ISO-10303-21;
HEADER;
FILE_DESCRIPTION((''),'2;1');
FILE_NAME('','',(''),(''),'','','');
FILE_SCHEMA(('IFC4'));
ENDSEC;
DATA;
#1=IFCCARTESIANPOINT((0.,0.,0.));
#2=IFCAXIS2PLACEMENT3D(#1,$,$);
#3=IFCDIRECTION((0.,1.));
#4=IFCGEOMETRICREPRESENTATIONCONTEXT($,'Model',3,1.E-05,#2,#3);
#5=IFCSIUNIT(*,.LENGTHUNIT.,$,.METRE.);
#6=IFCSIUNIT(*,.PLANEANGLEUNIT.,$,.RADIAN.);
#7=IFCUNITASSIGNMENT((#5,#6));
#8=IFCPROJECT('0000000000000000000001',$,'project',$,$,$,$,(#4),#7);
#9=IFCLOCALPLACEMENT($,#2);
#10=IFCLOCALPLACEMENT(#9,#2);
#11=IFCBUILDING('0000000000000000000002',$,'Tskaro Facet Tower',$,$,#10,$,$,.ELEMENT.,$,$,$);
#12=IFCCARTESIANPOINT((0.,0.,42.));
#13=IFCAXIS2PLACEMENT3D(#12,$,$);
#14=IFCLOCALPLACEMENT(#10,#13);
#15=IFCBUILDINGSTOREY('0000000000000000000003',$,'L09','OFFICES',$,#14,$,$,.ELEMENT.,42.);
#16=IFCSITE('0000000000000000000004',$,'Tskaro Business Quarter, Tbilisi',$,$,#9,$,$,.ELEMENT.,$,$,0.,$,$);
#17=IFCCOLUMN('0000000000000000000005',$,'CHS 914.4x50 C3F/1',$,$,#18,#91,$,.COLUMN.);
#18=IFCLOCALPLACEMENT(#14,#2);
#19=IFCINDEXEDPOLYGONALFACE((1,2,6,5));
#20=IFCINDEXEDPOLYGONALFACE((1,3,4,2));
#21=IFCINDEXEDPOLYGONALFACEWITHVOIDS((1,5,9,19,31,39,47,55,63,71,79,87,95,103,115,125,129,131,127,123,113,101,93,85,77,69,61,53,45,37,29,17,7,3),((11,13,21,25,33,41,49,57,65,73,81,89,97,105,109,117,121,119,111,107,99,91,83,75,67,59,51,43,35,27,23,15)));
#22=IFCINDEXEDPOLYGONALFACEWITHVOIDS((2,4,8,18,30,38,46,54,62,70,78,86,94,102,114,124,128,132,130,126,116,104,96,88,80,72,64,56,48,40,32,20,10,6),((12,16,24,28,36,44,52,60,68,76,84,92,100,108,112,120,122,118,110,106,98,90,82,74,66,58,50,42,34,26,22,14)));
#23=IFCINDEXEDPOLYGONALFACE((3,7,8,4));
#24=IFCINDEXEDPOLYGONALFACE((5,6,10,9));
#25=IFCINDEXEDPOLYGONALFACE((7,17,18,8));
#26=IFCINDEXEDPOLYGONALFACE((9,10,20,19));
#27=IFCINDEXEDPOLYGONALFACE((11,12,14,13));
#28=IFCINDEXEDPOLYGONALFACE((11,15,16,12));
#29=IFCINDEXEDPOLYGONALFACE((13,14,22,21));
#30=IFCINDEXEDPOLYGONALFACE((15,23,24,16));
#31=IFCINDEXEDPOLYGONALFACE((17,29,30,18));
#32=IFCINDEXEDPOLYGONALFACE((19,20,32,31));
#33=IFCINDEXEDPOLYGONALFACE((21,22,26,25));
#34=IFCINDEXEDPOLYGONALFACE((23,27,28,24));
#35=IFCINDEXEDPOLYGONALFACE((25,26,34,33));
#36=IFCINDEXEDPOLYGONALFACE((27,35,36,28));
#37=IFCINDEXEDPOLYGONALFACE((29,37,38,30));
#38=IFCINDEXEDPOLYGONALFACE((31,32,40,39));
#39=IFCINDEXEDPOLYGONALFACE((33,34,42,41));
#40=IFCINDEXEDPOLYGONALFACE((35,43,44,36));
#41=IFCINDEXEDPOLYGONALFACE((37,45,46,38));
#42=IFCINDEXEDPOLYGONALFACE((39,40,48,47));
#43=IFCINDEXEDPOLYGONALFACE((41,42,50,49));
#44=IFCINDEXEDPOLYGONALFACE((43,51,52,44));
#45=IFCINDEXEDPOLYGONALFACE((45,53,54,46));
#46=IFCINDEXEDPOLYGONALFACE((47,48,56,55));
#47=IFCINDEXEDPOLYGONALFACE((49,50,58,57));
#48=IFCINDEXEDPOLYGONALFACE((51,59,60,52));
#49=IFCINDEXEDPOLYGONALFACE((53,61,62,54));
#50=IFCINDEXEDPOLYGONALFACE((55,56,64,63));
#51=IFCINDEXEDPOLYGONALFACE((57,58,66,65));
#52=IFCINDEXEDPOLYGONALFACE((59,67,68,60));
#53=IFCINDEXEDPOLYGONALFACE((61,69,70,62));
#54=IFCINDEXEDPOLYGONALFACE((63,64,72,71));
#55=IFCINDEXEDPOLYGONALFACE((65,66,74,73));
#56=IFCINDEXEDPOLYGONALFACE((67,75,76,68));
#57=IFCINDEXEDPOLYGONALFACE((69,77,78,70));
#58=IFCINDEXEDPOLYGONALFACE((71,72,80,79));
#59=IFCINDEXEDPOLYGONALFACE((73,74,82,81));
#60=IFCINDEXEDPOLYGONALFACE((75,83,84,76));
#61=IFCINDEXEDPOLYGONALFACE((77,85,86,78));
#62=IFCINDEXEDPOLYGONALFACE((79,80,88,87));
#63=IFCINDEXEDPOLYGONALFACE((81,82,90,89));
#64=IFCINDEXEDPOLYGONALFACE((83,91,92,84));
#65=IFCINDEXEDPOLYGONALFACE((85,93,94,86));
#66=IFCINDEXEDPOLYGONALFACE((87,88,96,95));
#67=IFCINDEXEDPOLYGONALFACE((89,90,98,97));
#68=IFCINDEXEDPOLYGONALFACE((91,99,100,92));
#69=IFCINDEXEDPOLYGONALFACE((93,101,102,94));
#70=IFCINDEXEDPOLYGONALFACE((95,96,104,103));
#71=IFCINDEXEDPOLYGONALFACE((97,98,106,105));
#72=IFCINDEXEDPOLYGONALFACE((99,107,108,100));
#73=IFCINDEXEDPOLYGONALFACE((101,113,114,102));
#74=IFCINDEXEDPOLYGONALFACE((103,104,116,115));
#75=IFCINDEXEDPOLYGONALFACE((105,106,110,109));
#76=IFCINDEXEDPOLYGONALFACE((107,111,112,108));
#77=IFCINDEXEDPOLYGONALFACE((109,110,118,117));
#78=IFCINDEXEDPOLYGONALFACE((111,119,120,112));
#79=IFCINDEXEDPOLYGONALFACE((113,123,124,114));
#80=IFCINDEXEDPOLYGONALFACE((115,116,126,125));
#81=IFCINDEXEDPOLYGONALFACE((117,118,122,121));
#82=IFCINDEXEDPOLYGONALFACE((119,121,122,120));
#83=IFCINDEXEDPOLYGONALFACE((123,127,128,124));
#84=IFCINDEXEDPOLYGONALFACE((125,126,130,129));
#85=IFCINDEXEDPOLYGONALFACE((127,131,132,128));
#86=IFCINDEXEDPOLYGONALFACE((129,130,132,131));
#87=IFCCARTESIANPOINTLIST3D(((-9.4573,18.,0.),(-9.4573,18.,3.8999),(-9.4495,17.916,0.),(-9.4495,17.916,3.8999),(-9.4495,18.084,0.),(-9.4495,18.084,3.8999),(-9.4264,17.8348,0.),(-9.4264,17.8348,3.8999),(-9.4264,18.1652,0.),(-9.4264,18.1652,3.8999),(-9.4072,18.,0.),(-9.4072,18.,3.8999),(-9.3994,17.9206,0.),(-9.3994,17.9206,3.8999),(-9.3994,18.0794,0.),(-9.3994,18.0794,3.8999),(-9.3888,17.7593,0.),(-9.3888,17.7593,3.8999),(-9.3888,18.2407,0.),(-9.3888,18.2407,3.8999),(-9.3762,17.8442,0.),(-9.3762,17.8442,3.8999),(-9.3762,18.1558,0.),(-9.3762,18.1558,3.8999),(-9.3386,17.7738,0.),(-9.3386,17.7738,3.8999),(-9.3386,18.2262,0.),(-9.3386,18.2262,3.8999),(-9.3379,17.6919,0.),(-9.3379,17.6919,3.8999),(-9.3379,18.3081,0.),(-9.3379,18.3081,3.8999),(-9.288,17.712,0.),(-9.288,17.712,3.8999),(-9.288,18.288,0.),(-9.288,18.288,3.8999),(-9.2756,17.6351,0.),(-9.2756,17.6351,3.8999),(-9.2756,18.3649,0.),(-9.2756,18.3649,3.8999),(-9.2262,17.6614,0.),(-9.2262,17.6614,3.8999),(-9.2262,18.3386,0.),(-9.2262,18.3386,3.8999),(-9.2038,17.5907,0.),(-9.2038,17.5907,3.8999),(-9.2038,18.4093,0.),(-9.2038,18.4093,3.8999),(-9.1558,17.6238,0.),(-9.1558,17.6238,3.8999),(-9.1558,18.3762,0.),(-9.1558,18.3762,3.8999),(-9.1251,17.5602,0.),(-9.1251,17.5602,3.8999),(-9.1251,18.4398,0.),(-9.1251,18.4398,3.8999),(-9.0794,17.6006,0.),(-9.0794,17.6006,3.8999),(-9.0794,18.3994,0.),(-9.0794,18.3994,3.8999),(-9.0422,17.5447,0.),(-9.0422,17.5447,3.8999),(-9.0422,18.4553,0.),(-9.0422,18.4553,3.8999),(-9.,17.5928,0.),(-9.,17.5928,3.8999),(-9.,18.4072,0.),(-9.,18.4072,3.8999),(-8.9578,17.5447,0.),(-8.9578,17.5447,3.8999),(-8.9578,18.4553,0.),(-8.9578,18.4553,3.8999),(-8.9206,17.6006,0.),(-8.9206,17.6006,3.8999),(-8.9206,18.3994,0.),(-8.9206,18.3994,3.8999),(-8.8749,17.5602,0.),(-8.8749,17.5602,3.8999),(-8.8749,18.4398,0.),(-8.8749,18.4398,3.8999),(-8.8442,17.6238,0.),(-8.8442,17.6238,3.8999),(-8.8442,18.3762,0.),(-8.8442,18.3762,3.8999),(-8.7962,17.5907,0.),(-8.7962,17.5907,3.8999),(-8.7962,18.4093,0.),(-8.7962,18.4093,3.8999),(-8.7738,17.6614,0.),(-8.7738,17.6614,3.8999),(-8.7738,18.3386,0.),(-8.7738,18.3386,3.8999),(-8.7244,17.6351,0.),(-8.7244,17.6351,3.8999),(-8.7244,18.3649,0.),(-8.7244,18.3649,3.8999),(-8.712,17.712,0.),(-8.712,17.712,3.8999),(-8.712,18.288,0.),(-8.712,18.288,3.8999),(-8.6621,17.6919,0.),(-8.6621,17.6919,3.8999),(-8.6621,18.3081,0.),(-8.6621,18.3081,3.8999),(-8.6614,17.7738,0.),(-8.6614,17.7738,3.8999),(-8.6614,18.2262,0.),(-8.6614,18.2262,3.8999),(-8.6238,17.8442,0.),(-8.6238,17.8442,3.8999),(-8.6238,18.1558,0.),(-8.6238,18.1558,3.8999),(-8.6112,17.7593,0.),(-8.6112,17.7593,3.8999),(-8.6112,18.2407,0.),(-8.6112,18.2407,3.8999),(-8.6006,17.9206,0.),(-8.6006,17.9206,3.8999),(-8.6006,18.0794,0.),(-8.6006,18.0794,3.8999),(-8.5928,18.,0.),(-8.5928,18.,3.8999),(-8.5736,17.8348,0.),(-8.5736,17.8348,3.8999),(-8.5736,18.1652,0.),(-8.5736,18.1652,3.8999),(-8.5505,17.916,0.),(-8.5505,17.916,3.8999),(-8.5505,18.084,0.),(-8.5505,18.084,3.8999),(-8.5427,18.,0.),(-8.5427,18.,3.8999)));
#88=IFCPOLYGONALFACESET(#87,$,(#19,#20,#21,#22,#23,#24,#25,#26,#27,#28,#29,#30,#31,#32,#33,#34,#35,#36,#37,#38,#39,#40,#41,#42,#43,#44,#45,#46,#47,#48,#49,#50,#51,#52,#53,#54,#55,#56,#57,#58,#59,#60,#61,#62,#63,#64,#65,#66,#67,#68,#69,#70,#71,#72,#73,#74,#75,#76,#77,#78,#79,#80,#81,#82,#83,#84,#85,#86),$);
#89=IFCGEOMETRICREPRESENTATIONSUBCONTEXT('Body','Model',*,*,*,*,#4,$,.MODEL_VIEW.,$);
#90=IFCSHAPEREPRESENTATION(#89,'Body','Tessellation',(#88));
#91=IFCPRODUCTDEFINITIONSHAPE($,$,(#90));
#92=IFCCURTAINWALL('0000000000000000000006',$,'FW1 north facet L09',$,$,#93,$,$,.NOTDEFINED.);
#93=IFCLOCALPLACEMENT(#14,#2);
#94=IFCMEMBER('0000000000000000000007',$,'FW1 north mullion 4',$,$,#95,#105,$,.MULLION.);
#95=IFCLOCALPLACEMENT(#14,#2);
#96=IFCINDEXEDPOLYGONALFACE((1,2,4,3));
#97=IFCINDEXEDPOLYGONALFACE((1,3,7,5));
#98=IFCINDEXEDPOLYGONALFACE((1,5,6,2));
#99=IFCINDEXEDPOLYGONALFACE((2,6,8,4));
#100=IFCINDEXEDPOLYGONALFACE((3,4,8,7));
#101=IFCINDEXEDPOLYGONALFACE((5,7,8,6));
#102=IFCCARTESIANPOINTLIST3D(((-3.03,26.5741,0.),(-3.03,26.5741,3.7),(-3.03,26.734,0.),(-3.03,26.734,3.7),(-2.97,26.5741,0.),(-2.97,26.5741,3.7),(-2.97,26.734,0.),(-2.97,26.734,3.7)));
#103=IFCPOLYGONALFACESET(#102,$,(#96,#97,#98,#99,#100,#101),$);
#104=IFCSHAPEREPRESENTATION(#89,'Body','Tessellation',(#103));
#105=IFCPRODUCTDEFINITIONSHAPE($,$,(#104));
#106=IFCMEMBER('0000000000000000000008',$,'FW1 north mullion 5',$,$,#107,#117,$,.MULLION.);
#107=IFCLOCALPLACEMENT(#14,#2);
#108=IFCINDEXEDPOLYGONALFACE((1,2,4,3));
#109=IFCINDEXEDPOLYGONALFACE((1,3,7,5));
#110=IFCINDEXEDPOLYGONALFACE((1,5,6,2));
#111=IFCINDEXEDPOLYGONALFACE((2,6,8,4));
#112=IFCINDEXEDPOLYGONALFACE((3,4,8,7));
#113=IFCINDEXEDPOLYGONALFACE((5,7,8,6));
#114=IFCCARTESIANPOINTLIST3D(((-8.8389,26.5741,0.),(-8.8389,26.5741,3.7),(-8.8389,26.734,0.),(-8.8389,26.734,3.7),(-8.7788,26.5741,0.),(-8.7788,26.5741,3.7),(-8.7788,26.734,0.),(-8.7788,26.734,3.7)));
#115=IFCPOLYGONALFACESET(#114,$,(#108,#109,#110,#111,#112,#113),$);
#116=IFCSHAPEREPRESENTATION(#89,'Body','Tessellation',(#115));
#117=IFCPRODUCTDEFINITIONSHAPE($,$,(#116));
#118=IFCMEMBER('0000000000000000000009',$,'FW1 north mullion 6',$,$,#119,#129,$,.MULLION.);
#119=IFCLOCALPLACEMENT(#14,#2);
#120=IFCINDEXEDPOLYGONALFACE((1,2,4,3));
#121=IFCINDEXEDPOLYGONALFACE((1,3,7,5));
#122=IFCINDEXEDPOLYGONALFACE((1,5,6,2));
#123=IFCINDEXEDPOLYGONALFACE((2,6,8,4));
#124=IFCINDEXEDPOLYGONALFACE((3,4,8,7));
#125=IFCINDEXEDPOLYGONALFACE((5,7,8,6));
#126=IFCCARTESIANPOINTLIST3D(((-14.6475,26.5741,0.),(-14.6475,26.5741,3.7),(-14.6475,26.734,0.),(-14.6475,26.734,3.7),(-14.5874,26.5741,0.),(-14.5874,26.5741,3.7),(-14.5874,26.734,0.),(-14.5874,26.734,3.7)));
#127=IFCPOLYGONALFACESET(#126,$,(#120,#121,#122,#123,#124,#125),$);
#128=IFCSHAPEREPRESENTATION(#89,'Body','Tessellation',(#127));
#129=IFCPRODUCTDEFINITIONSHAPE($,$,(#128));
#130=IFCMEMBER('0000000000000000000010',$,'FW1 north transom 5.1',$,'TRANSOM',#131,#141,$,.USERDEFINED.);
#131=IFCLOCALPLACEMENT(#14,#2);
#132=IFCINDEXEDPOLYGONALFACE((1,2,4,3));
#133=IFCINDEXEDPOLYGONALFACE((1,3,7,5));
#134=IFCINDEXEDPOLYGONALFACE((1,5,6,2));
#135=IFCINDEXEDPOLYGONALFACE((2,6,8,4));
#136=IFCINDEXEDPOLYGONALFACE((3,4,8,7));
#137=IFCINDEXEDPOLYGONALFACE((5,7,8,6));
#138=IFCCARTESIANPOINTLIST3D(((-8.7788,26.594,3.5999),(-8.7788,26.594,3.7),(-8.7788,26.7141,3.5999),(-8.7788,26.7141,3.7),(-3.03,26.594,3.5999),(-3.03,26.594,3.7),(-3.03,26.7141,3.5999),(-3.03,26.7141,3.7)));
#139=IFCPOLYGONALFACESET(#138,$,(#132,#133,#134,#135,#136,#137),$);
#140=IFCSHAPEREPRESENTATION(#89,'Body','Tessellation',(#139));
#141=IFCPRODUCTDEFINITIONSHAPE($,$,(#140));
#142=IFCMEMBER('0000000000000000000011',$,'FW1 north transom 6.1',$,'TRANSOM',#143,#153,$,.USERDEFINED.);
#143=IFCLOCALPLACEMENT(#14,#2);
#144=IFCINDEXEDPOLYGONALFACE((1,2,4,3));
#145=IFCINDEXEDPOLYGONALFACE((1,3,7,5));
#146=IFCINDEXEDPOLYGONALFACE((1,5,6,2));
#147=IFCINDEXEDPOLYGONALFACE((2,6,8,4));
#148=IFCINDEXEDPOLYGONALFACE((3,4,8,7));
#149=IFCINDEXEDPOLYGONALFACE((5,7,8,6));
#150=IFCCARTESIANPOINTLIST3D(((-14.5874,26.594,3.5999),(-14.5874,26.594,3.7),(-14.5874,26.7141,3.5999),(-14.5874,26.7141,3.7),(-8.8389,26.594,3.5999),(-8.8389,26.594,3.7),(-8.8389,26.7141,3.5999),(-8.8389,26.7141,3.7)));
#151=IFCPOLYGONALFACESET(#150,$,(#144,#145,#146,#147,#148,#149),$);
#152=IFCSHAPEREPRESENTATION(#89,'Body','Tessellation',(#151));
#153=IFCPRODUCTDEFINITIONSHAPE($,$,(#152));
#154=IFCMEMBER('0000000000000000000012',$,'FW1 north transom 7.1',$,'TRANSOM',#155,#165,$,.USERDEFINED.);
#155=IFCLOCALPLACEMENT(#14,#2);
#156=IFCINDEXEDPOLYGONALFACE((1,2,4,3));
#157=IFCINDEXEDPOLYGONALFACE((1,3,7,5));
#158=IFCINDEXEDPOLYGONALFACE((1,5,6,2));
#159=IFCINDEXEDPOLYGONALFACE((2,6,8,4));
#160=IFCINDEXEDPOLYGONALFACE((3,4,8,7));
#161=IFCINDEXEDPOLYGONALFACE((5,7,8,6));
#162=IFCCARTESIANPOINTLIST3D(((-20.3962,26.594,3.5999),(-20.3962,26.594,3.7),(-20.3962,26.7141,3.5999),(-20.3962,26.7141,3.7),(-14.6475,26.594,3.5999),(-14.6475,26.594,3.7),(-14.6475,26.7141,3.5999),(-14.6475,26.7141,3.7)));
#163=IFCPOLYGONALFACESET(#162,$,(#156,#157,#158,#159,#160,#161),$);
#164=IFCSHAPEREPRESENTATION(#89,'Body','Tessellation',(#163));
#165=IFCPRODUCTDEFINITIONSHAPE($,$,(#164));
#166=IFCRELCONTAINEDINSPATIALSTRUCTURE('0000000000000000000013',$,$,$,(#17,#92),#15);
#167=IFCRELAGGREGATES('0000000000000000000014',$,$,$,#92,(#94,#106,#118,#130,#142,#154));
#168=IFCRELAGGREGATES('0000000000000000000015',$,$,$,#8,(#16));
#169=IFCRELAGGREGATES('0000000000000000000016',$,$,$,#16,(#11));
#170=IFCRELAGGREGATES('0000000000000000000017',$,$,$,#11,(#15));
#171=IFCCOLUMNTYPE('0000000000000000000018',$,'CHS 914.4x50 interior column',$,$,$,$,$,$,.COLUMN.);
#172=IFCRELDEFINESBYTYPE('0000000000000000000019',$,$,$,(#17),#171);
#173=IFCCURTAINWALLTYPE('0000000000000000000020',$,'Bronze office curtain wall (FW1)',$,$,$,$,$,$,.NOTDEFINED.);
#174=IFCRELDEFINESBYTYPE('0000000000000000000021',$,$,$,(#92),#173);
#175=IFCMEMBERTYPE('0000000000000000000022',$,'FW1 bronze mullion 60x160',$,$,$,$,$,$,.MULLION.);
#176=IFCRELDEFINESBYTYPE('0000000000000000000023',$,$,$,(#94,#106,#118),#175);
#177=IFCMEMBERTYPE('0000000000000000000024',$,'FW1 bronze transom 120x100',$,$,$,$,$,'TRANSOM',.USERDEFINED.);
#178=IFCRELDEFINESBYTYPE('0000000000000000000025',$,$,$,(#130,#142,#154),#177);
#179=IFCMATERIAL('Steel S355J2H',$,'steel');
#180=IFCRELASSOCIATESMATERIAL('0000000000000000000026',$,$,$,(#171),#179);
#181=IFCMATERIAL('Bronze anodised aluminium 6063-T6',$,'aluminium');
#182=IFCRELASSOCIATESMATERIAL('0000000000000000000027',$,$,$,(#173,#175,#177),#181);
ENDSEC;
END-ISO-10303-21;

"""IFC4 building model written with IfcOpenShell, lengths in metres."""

from ifc_helpers import new_model, si_unit, direction, frame, origin, origin_2d, place, context, subcontext, project, spatial, rectangle, hollow_circle, extrude, material, material_profile, profile_set, type_object, element, aggregate, save


model = new_model("IFC4")

# Units and contexts
model_context = context("Model", 3, precision=1e-05, world=origin(), true_north=direction((0.0, 1.0)))
body_context = subcontext(model_context, "Body", "Model", "MODEL_VIEW")
ifc_project = project(units=[si_unit("LENGTHUNIT", "METRE"), si_unit("PLANEANGLEUNIT", "RADIAN")], contexts=[model_context])

# Site, building, storey
site_placement = place(None, origin())
site = spatial("IfcSite", under=ifc_project, at=site_placement, Name="Tskaro Business Quarter, Tbilisi", CompositionType="ELEMENT", RefElevation=0.0)
building_placement = place(site_placement, origin())
building = spatial("IfcBuilding", under=site, at=building_placement, Name="Tskaro Facet Tower", CompositionType="ELEMENT")
storey_placement = place(building_placement, frame((0.0, 0.0, 42.0)))
storey = spatial("IfcBuildingStorey", under=building, at=storey_placement, Name="L09", Description="OFFICES", CompositionType="ELEMENT", Elevation=42.0)

# Column
ifc_material_1 = material(Name="Steel S355J2H", Category="steel")
ifc_material_profile_1 = material_profile(ifc_material_1, hollow_circle(Radius=0.4573, WallThickness=0.05, at=origin_2d()), Name="CHS 914.4x50")
ifc_profile_set_1 = profile_set([ifc_material_profile_1], Name="Steel S355J2H")
column_type_1 = type_object("IfcColumnType", Name="CHS 914.4x50 interior column", PredefinedType="COLUMN", material=ifc_profile_set_1)
column_1_placement = place(storey_placement, frame((-9.0, 18.0, 0.0), z_axis=(0.0, 0.0, 1.0), x_axis=(1.0, 0.0, 0.0)))
element("IfcColumn", 1, at=column_1_placement, inside=storey, type_object=column_type_1, Name="CHS 914.4x50 C3F/1", PredefinedType="COLUMN", context=body_context, shape_type="SweptSolid", body=[
    extrude(hollow_circle(Radius=0.4573, WallThickness=0.05, at=origin_2d()), origin(), (0.0, 0.0, 1.0), 3.8999),
])

# Curtain wall, members
ifc_material_2 = material(Name="Bronze anodised aluminium 6063-T6", Category="aluminium")
curtain_wall_type = type_object("IfcCurtainWallType", Name="Bronze office curtain wall (FW1)", PredefinedType="NOTDEFINED", material=ifc_material_2)
curtain_wall_placement = place(storey_placement, origin())
curtain_wall = element("IfcCurtainWall", 2, at=curtain_wall_placement, inside=storey, type_object=curtain_wall_type, Name="FW1 north facet L09", PredefinedType="NOTDEFINED")
ifc_material_profile_2 = material_profile(ifc_material_2, rectangle(XDim=0.0601, YDim=0.1599, at=origin_2d()), Name="Mullion 60x160")
ifc_profile_set_2 = profile_set([ifc_material_profile_2], Name="Bronze anodised aluminium 6063-T6")
member_type_1 = type_object("IfcMemberType", Name="FW1 bronze mullion 60x160", PredefinedType="MULLION", material=ifc_profile_set_2)
member_1_placement = place(storey_placement, frame((-3.0, 26.6541, 0.0), z_axis=(0.0, 0.0, 1.0), x_axis=(-1.0, 0.0, 0.0)))
member_1 = element("IfcMember", 3, at=member_1_placement, type_object=member_type_1, Name="FW1 north mullion 4", PredefinedType="MULLION", context=body_context, shape_type="SweptSolid", body=[
    extrude(rectangle(XDim=0.0601, YDim=0.1599, at=origin_2d()), origin(), (0.0, 0.0, 1.0), 3.7),
])
member_2_placement = place(storey_placement, frame((-8.8088, 26.6541, 0.0), z_axis=(0.0, 0.0, 1.0), x_axis=(-1.0, 0.0, 0.0)))
member_2 = element("IfcMember", 4, at=member_2_placement, type_object=member_type_1, Name="FW1 north mullion 5", PredefinedType="MULLION", context=body_context, shape_type="SweptSolid", body=[
    extrude(rectangle(XDim=0.0601, YDim=0.1599, at=origin_2d()), origin(), (0.0, 0.0, 1.0), 3.7),
])
member_3_placement = place(storey_placement, frame((-14.6174, 26.6541, 0.0), z_axis=(0.0, 0.0, 1.0), x_axis=(-1.0, 0.0, 0.0)))
member_3 = element("IfcMember", 5, at=member_3_placement, type_object=member_type_1, Name="FW1 north mullion 6", PredefinedType="MULLION", context=body_context, shape_type="SweptSolid", body=[
    extrude(rectangle(XDim=0.0601, YDim=0.1599, at=origin_2d()), origin(), (0.0, 0.0, 1.0), 3.7),
])
ifc_material_profile_3 = material_profile(ifc_material_2, rectangle(XDim=0.1201, YDim=0.1001, at=origin_2d()), Name="Transom 120x100")
ifc_profile_set_3 = profile_set([ifc_material_profile_3], Name="Bronze anodised aluminium 6063-T6")
member_type_2 = type_object("IfcMemberType", Name="FW1 bronze transom 120x100", ElementType="TRANSOM", PredefinedType="USERDEFINED", material=ifc_profile_set_3)
member_4_placement = place(storey_placement, frame((-3.03, 26.6541, 3.6499), z_axis=(-1.0, 0.0, 0.0), x_axis=(0.0, -1.0, 0.0)))
member_4 = element("IfcMember", 6, at=member_4_placement, type_object=member_type_2, Name="FW1 north transom 5.1", ObjectType="TRANSOM", PredefinedType="USERDEFINED", context=body_context, shape_type="SweptSolid", body=[
    extrude(rectangle(XDim=0.1201, YDim=0.1001, at=origin_2d()), origin(), (0.0, 0.0, 1.0), 5.7488),
])
member_5_placement = place(storey_placement, frame((-8.8389, 26.6541, 3.6499), z_axis=(-1.0, 0.0, 0.0), x_axis=(0.0, -1.0, 0.0)))
member_5 = element("IfcMember", 7, at=member_5_placement, type_object=member_type_2, Name="FW1 north transom 6.1", ObjectType="TRANSOM", PredefinedType="USERDEFINED", context=body_context, shape_type="SweptSolid", body=[
    extrude(rectangle(XDim=0.1201, YDim=0.1001, at=origin_2d()), origin(), (0.0, 0.0, 1.0), 5.7485),
])
member_6_placement = place(storey_placement, frame((-14.6475, 26.6541, 3.6499), z_axis=(-1.0, 0.0, 0.0), x_axis=(0.0, -1.0, 0.0)))
member_6 = element("IfcMember", 8, at=member_6_placement, type_object=member_type_2, Name="FW1 north transom 7.1", ObjectType="TRANSOM", PredefinedType="USERDEFINED", context=body_context, shape_type="SweptSolid", body=[
    extrude(rectangle(XDim=0.1201, YDim=0.1001, at=origin_2d()), origin(), (0.0, 0.0, 1.0), 5.7488),
])

aggregate(curtain_wall, [member_1, member_2, member_3, member_4, member_5, member_6])

save(model, "model.ifc")
